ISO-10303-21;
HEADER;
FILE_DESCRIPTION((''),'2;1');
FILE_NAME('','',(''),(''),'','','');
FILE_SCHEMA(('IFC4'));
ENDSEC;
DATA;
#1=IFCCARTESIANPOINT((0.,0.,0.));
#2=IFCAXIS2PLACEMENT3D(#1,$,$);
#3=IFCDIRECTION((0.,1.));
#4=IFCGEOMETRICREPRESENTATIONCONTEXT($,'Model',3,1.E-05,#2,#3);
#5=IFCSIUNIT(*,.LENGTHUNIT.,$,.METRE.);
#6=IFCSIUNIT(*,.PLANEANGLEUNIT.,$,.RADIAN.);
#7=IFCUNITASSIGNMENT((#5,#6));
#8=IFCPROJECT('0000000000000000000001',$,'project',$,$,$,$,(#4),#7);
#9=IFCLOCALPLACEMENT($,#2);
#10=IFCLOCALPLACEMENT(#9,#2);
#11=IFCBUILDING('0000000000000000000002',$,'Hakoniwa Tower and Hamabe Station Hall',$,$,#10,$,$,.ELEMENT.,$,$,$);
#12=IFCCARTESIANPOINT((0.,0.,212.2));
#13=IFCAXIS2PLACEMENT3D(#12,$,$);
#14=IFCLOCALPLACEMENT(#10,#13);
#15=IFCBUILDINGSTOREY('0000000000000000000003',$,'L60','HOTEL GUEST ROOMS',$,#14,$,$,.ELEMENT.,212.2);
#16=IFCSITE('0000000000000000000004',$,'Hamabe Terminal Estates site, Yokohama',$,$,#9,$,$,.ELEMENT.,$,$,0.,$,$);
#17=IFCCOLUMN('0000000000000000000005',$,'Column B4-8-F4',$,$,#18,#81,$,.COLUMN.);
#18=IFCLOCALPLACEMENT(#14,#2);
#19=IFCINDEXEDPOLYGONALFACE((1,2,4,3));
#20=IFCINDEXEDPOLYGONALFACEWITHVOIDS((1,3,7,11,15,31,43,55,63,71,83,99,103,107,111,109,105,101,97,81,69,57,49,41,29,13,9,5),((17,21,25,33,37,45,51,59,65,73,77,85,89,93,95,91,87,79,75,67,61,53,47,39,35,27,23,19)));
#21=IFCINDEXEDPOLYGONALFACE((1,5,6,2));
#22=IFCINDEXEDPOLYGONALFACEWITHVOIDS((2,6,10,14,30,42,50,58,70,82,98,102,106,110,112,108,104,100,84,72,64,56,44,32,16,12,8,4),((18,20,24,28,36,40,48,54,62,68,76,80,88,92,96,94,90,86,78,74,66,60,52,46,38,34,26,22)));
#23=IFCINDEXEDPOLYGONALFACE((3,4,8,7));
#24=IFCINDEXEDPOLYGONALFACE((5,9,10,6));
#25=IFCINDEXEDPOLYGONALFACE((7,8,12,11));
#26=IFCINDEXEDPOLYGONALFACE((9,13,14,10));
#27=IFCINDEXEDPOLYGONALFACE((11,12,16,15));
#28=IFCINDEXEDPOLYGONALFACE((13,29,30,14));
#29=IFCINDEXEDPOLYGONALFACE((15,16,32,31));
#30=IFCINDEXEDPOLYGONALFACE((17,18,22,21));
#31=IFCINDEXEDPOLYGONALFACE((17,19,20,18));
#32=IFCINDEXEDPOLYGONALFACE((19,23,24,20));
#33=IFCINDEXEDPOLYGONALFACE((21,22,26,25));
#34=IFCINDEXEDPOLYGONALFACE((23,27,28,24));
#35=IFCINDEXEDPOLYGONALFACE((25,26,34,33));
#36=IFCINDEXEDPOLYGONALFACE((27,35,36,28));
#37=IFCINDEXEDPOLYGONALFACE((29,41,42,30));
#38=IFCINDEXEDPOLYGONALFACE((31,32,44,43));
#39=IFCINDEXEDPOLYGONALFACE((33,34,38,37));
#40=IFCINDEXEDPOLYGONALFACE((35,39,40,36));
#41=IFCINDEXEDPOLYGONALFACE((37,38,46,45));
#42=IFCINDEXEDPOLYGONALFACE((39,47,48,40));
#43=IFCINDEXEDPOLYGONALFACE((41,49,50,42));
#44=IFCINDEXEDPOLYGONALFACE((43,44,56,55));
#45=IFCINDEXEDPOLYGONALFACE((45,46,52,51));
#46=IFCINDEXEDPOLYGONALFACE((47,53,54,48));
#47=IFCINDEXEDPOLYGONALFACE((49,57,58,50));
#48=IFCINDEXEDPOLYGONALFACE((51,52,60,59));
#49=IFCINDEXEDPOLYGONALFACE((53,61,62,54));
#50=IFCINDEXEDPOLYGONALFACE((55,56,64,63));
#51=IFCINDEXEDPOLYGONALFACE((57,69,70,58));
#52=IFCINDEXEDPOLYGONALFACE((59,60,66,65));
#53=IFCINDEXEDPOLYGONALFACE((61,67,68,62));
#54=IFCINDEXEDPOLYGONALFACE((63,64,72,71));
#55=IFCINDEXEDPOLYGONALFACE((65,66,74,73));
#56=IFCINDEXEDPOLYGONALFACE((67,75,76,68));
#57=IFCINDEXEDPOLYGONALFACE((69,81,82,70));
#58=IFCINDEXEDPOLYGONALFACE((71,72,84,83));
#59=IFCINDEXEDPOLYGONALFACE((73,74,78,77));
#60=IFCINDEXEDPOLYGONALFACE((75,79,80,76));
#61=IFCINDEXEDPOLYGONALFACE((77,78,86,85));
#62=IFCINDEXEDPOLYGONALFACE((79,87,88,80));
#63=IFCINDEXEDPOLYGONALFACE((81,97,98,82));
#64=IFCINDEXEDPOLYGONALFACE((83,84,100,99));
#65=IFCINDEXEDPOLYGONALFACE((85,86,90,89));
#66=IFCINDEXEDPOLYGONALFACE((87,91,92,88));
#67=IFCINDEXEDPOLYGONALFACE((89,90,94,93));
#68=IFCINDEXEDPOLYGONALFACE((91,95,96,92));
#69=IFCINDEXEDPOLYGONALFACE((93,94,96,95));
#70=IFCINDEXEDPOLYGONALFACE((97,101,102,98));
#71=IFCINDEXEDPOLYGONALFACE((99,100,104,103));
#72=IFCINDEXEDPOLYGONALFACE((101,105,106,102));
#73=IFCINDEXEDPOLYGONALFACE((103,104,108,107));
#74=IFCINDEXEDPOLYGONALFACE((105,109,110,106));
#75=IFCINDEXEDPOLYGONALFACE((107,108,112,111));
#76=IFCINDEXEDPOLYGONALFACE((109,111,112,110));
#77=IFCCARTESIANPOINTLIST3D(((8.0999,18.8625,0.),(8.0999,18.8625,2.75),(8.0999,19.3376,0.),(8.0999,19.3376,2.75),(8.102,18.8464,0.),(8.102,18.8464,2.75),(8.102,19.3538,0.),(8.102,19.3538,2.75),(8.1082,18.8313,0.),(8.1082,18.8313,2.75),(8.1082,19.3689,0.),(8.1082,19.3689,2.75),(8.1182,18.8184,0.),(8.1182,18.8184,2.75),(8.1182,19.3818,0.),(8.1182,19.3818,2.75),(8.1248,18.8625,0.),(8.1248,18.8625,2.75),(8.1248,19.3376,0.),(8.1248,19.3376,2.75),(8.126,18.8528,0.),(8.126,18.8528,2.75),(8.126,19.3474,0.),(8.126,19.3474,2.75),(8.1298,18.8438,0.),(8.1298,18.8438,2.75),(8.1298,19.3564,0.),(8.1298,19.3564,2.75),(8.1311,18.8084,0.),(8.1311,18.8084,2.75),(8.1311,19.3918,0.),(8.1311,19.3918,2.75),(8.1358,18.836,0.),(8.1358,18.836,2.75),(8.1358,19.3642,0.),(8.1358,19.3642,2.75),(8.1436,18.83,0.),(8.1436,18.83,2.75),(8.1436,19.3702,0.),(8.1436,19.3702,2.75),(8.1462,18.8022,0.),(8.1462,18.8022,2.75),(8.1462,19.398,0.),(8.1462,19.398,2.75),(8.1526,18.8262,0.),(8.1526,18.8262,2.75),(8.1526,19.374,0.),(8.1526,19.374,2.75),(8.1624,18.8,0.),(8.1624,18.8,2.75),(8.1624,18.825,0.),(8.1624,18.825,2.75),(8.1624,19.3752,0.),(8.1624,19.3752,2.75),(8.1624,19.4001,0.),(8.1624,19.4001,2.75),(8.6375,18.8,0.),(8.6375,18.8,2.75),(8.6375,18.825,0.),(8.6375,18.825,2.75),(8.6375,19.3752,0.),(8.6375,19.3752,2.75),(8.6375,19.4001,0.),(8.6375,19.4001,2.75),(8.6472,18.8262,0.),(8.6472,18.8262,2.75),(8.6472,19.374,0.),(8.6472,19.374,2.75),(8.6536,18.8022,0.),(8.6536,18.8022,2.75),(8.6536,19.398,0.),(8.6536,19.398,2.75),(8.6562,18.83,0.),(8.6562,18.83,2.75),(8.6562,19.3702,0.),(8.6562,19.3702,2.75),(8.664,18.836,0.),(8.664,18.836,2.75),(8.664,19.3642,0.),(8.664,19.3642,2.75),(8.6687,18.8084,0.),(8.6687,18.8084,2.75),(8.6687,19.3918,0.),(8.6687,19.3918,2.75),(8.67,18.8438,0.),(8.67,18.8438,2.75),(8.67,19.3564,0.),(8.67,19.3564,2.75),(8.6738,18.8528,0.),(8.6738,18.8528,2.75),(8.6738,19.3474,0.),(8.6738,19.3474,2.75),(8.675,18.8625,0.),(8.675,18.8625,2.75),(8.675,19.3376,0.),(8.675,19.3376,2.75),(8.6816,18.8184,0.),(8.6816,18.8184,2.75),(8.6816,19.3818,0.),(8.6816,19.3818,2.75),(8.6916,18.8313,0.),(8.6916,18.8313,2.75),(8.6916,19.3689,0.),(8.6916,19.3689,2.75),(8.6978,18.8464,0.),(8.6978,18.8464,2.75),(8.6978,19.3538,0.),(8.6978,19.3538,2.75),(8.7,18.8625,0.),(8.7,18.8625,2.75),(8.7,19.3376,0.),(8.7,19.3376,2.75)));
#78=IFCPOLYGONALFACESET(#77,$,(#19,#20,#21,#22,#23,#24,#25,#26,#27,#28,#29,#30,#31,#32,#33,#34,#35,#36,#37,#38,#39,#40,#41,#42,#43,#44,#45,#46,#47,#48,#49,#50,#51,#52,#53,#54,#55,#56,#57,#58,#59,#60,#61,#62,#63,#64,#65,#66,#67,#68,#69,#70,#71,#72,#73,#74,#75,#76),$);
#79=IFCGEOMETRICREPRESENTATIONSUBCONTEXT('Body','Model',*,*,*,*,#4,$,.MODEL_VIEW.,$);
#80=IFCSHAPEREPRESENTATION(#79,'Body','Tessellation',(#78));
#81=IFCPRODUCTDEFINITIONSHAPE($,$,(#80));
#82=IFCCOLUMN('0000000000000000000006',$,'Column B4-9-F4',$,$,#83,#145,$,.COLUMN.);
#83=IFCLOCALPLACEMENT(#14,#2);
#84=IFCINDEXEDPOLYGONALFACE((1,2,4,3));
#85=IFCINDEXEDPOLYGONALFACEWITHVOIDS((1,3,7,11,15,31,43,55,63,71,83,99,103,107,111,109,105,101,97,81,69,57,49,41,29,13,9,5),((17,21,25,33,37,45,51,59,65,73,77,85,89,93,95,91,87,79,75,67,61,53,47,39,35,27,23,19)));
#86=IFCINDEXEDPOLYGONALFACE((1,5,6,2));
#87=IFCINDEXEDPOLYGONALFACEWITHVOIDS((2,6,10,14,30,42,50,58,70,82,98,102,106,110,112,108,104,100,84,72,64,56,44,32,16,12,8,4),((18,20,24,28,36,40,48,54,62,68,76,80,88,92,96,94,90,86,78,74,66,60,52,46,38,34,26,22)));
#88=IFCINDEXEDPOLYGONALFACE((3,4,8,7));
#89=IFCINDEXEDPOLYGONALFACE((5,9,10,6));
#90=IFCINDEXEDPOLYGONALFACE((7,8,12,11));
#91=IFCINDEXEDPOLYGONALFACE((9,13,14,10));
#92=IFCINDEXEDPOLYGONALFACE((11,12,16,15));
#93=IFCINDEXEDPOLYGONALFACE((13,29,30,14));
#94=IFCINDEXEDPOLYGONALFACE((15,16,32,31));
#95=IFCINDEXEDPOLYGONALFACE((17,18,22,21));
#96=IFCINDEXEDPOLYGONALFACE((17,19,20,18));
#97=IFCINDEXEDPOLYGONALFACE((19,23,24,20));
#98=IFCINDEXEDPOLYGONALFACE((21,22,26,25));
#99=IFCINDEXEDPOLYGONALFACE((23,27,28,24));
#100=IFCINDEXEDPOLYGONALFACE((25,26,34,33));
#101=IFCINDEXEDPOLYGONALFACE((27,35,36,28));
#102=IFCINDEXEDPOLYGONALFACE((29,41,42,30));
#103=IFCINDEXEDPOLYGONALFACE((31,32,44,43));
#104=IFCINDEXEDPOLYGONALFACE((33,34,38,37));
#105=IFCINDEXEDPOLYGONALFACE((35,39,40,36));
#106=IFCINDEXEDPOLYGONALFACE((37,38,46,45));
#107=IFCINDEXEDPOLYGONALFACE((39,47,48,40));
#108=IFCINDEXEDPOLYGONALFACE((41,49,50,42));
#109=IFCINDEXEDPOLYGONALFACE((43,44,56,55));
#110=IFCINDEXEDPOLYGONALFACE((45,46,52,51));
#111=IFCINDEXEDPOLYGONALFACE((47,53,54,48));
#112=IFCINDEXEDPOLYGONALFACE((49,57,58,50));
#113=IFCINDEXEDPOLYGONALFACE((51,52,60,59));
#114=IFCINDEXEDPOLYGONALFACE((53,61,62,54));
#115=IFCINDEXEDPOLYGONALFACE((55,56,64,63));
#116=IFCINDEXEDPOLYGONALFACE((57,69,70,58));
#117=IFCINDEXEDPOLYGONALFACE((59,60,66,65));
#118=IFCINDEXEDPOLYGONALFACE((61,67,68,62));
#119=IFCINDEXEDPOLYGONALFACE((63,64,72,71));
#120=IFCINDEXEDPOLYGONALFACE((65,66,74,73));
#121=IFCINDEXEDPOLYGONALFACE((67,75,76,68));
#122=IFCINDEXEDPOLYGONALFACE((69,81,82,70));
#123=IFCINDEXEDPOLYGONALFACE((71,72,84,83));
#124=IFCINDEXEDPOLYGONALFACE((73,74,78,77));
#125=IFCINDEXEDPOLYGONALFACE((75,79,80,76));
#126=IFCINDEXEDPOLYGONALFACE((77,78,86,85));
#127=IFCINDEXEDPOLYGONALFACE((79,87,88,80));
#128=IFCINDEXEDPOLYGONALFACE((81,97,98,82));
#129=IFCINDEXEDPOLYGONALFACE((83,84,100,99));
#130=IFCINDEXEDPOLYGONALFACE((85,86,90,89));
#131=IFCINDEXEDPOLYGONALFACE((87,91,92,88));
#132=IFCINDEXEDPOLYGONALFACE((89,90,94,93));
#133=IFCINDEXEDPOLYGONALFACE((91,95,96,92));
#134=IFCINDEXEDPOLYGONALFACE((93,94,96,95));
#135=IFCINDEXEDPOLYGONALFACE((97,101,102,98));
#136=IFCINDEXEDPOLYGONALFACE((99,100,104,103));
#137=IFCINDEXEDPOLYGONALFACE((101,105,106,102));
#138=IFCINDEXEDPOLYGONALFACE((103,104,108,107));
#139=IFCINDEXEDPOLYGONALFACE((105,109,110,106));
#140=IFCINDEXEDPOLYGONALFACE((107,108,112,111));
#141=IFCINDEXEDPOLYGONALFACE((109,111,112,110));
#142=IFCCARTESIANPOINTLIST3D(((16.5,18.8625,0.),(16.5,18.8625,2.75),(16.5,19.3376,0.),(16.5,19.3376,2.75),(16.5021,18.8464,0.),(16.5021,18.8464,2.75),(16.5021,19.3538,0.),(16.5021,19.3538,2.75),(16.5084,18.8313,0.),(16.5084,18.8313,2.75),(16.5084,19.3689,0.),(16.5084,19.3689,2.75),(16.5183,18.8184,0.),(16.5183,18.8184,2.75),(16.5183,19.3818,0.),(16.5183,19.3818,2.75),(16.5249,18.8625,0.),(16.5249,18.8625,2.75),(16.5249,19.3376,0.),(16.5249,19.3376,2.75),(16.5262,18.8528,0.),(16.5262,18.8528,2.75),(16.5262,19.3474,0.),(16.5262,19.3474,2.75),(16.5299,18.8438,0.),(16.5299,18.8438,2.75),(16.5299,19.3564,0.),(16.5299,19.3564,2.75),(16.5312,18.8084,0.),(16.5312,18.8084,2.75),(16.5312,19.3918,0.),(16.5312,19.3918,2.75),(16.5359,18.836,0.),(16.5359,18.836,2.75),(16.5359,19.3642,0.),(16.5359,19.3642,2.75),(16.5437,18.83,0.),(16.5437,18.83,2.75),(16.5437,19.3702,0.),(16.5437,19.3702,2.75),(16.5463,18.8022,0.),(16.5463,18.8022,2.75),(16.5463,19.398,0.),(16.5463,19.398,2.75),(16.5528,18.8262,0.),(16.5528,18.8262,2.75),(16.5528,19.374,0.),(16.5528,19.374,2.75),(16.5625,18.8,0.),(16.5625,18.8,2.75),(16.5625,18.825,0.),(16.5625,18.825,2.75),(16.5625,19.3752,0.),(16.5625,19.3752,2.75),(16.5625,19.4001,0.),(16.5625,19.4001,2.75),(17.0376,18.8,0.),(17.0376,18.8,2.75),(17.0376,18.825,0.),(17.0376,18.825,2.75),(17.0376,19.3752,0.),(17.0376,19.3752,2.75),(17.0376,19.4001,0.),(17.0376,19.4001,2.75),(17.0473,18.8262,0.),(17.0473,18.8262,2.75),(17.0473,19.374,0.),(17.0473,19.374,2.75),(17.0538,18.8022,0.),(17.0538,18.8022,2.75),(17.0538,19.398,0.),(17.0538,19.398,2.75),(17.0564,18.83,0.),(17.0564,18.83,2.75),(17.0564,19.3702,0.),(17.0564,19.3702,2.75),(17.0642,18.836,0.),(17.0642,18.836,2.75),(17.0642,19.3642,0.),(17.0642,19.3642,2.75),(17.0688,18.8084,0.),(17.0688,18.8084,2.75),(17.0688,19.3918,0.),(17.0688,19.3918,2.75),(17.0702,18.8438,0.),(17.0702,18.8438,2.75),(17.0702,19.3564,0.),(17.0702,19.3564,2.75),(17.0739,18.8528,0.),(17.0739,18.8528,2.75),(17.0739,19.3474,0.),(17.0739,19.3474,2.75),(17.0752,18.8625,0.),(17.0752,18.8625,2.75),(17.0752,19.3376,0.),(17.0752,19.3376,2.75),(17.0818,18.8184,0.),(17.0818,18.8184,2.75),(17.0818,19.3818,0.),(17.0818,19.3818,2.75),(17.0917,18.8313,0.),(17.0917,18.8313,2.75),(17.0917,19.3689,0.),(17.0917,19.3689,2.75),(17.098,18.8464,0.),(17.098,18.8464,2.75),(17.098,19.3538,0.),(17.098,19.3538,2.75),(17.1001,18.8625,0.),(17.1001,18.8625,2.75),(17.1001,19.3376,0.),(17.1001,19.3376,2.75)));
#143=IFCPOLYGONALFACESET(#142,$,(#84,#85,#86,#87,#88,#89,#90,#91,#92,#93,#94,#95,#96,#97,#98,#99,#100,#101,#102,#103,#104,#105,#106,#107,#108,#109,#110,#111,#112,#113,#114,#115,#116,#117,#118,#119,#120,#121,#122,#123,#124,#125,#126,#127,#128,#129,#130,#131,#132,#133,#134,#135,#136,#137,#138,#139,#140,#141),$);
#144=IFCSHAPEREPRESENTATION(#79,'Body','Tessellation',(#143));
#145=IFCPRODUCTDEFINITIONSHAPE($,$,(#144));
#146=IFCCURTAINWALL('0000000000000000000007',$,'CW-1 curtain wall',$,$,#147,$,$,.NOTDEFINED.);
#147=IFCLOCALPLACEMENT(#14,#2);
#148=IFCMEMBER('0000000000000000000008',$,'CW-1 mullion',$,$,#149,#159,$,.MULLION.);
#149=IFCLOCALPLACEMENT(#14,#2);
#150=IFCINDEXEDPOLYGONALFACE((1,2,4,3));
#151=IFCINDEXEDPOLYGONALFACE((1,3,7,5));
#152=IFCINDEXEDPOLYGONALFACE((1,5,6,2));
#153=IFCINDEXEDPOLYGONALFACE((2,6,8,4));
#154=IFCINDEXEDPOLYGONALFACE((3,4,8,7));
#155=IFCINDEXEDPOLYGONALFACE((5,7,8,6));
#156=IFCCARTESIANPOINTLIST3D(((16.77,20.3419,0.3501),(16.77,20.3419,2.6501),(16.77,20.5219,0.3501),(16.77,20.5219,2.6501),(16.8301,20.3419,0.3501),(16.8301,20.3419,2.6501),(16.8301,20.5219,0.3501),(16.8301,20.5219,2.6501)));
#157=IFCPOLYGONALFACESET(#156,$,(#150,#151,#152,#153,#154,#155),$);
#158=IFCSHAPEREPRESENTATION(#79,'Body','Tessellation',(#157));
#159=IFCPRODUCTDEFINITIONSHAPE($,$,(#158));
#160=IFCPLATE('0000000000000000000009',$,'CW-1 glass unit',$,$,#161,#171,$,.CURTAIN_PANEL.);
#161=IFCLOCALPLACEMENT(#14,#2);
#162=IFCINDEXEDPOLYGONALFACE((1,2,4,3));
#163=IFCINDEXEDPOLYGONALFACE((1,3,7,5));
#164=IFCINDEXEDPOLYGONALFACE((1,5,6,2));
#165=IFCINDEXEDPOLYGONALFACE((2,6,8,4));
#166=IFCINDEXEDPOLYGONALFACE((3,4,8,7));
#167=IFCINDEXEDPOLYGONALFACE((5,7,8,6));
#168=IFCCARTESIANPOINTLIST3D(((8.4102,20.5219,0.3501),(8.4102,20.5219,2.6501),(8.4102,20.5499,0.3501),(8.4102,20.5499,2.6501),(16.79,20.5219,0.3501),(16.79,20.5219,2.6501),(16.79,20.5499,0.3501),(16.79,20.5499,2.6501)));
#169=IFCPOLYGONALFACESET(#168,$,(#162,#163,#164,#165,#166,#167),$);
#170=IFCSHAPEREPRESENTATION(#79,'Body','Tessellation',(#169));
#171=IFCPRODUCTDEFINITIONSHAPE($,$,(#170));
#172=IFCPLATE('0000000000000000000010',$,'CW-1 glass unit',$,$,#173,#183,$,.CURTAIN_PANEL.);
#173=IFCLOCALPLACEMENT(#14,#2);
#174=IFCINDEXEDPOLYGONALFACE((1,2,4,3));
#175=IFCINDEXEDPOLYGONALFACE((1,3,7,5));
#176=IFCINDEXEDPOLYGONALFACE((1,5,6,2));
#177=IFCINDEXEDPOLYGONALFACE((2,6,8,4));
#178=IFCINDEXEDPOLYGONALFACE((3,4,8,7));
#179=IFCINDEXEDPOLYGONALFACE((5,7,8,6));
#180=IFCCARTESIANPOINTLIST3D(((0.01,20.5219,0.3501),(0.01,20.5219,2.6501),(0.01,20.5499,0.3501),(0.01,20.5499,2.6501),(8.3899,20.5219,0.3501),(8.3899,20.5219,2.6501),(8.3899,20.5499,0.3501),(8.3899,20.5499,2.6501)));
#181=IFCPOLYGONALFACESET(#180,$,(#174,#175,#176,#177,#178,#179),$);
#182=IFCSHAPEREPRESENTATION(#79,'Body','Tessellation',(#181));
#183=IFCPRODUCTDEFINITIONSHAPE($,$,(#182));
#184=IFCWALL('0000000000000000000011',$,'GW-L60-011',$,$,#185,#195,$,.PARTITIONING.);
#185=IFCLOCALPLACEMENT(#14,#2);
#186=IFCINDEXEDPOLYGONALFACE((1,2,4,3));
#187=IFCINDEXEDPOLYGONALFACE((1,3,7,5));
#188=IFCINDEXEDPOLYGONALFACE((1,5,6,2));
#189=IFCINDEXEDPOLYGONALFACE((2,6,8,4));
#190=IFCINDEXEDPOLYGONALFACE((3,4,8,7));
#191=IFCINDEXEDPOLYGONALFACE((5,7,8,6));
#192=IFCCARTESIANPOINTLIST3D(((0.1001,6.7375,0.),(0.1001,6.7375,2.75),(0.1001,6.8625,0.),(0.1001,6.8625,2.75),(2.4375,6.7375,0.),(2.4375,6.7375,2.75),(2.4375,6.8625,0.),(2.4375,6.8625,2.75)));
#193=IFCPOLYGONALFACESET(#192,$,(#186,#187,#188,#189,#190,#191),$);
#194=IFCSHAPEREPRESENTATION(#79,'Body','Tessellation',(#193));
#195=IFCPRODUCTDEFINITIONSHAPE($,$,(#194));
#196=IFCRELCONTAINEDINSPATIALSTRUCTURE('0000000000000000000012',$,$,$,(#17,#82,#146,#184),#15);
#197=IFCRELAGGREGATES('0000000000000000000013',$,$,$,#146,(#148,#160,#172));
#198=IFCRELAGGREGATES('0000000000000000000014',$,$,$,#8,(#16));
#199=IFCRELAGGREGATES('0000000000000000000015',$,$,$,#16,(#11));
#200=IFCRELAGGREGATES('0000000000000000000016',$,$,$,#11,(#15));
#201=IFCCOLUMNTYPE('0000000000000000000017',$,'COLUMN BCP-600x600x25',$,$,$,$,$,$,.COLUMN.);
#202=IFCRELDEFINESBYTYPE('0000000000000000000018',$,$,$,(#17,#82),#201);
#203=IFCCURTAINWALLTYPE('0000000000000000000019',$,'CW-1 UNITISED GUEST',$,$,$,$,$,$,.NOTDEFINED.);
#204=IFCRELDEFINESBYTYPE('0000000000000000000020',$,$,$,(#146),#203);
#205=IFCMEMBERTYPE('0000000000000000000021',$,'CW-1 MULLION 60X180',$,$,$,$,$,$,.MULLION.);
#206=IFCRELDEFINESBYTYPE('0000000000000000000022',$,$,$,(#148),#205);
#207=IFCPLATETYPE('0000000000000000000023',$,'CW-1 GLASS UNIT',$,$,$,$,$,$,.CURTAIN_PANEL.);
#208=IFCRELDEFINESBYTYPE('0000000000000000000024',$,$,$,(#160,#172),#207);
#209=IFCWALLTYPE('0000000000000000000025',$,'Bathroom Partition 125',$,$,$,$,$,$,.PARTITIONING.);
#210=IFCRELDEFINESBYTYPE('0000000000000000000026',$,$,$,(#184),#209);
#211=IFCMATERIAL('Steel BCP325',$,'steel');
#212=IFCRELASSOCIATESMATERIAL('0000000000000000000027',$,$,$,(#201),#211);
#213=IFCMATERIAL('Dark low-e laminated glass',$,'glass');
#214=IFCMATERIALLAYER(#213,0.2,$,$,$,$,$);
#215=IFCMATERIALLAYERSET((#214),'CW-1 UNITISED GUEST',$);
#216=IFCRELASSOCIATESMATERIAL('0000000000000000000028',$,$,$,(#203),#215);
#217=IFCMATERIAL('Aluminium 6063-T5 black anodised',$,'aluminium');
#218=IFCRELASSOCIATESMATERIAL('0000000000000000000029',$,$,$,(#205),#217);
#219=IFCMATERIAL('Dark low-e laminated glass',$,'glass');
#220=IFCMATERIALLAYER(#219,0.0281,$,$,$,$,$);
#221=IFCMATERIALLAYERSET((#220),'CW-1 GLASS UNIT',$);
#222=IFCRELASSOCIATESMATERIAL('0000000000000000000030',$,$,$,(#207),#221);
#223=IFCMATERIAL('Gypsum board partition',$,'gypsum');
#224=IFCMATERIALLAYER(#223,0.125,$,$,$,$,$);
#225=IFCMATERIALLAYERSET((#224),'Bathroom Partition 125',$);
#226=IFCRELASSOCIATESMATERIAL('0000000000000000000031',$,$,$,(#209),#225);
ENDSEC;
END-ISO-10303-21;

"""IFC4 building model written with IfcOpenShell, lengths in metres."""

from ifc_helpers import new_model, si_unit, direction, frame, frame_2d, origin, origin_2d, place, context, subcontext, project, spatial, rectangle, hollow_rectangle, extrude, material, layer, layer_set, material_profile, profile_set, type_object, element, aggregate, save


model = new_model("IFC4")

# Units and contexts
model_context = context("Model", 3, precision=1e-05, world=origin(), true_north=direction((0.0, 1.0)))
body_context = subcontext(model_context, "Body", "Model", "MODEL_VIEW")
ifc_project = project(units=[si_unit("LENGTHUNIT", "METRE"), si_unit("PLANEANGLEUNIT", "RADIAN")], contexts=[model_context])

# Site, building, storey
site_placement = place(None, origin())
site = spatial("IfcSite", under=ifc_project, at=site_placement, Name="Hamabe Terminal Estates site, Yokohama", CompositionType="ELEMENT", RefElevation=0.0)
building_placement = place(site_placement, origin())
building = spatial("IfcBuilding", under=site, at=building_placement, Name="Hakoniwa Tower and Hamabe Station Hall", CompositionType="ELEMENT")
storey_placement = place(building_placement, frame((0.0, 0.0, 212.2)))
storey = spatial("IfcBuildingStorey", under=building, at=storey_placement, Name="L60", Description="HOTEL GUEST ROOMS", CompositionType="ELEMENT", Elevation=212.2)

# Columns
ifc_material_1 = material(Name="Steel BCP325", Category="steel")
ifc_material_profile_1 = material_profile(ifc_material_1, hollow_rectangle(XDim=0.6001, YDim=0.6001, WallThickness=0.0249, InnerFilletRadius=0.0376, OuterFilletRadius=0.0625, at=origin_2d()), Name="BCP-600x600x25")
ifc_profile_set_1 = profile_set([ifc_material_profile_1], Name="Steel BCP325")
column_type = type_object("IfcColumnType", Name="COLUMN BCP-600x600x25", PredefinedType="COLUMN", material=ifc_profile_set_1)
for number, where, z_axis, x_axis, name in (
    (1, (8.3999, 19.1001, 0.0), (0.0, 0.0, 1.0), (1.0, 0.0, 0.0), "Column B4-8-F4"),
    (2, (16.8, 19.1001, 0.0), (0.0, 0.0, 1.0), (1.0, 0.0, 0.0), "Column B4-9-F4"),
):
    element("IfcColumn", number, at=place(storey_placement, frame(where, z_axis=z_axis, x_axis=x_axis)), inside=storey, type_object=column_type, Name=name, PredefinedType="COLUMN", context=body_context, shape_type="SweptSolid", body=[
        extrude(hollow_rectangle(XDim=0.6001, YDim=0.6001, WallThickness=0.0249, InnerFilletRadius=0.0376, OuterFilletRadius=0.0625, at=origin_2d()), origin(), (0.0, 0.0, 1.0), 2.75),
    ])

# Curtain wall, member, plates
ifc_material_2 = material(Name="Dark low-e laminated glass", Category="glass")
ifc_layer_1 = layer(ifc_material_2, 0.2)
ifc_layer_set_1 = layer_set([ifc_layer_1], Name="CW-1 UNITISED GUEST")
curtain_wall_type = type_object("IfcCurtainWallType", Name="CW-1 UNITISED GUEST", PredefinedType="NOTDEFINED", material=ifc_layer_set_1)
curtain_wall_placement = place(storey_placement, origin())
curtain_wall = element("IfcCurtainWall", 3, at=curtain_wall_placement, inside=storey, type_object=curtain_wall_type, Name="CW-1 curtain wall", PredefinedType="NOTDEFINED")
ifc_material_3 = material(Name="Aluminium 6063-T5 black anodised", Category="aluminium")
ifc_material_profile_2 = material_profile(ifc_material_3, rectangle(XDim=0.0601, YDim=0.1799, at=origin_2d()), Name="CW-1 MULLION 60X180")
ifc_profile_set_2 = profile_set([ifc_material_profile_2], Name="Aluminium 6063-T5 black anodised")
member_type = type_object("IfcMemberType", Name="CW-1 MULLION 60X180", PredefinedType="MULLION", material=ifc_profile_set_2)
member_placement = place(storey_placement, frame((16.8, 20.4319, 0.3501), z_axis=(0.0, 0.0, 1.0), x_axis=(-1.0, 0.0, 0.0)))
member = element("IfcMember", 4, at=member_placement, type_object=member_type, Name="CW-1 mullion", PredefinedType="MULLION", context=body_context, shape_type="SweptSolid", body=[
    extrude(rectangle(XDim=0.0601, YDim=0.1799, at=origin_2d()), origin(), (0.0, 0.0, 1.0), 2.3),
])
ifc_material_4 = material(Name="Dark low-e laminated glass", Category="glass")
ifc_layer_2 = layer(ifc_material_4, 0.0281)
ifc_layer_set_2 = layer_set([ifc_layer_2], Name="CW-1 GLASS UNIT")
plate_type = type_object("IfcPlateType", Name="CW-1 GLASS UNIT", PredefinedType="CURTAIN_PANEL", material=ifc_layer_set_2)
plate_1_placement = place(storey_placement, frame((12.6001, 20.5359, 0.3501), z_axis=(0.0, 0.0, 1.0), x_axis=(-1.0, 0.0, 0.0)))
plate_1 = element("IfcPlate", 5, at=plate_1_placement, type_object=plate_type, Name="CW-1 glass unit", PredefinedType="CURTAIN_PANEL", context=body_context, shape_type="SweptSolid", body=[
    extrude(rectangle(XDim=8.3799, YDim=0.0281, at=origin_2d()), origin(), (0.0, 0.0, 1.0), 2.3),
])
plate_2_placement = place(storey_placement, frame((4.2, 20.5359, 0.3501), z_axis=(0.0, 0.0, 1.0), x_axis=(-1.0, 0.0, 0.0)))
plate_2 = element("IfcPlate", 6, at=plate_2_placement, type_object=plate_type, Name="CW-1 glass unit", PredefinedType="CURTAIN_PANEL", context=body_context, shape_type="SweptSolid", body=[
    extrude(rectangle(XDim=8.3799, YDim=0.0281, at=origin_2d()), origin(), (0.0, 0.0, 1.0), 2.3),
])
aggregate(curtain_wall, [member, plate_1, plate_2])

# Wall
ifc_material_5 = material(Name="Gypsum board partition", Category="gypsum")
ifc_layer_3 = layer(ifc_material_5, 0.125)
ifc_layer_set_3 = layer_set([ifc_layer_3], Name="Bathroom Partition 125")
wall_type_1 = type_object("IfcWallType", Name="Bathroom Partition 125", PredefinedType="PARTITIONING", material=ifc_layer_set_3)
wall_1_placement = place(storey_placement, frame((0.1001, 6.8, 0.0), z_axis=(0.0, 0.0, 1.0), x_axis=(1.0, 0.0, 0.0)))
element("IfcWall", 7, at=wall_1_placement, inside=storey, type_object=wall_type_1, Name="GW-L60-011", PredefinedType="PARTITIONING", context=body_context, shape_type="SweptSolid", body=[
    extrude(rectangle(XDim=2.3374, YDim=0.125, at=frame_2d((1.1687, 0.0))), origin(), (0.0, 0.0, 1.0), 2.75),
])

save(model, "model.ifc")
